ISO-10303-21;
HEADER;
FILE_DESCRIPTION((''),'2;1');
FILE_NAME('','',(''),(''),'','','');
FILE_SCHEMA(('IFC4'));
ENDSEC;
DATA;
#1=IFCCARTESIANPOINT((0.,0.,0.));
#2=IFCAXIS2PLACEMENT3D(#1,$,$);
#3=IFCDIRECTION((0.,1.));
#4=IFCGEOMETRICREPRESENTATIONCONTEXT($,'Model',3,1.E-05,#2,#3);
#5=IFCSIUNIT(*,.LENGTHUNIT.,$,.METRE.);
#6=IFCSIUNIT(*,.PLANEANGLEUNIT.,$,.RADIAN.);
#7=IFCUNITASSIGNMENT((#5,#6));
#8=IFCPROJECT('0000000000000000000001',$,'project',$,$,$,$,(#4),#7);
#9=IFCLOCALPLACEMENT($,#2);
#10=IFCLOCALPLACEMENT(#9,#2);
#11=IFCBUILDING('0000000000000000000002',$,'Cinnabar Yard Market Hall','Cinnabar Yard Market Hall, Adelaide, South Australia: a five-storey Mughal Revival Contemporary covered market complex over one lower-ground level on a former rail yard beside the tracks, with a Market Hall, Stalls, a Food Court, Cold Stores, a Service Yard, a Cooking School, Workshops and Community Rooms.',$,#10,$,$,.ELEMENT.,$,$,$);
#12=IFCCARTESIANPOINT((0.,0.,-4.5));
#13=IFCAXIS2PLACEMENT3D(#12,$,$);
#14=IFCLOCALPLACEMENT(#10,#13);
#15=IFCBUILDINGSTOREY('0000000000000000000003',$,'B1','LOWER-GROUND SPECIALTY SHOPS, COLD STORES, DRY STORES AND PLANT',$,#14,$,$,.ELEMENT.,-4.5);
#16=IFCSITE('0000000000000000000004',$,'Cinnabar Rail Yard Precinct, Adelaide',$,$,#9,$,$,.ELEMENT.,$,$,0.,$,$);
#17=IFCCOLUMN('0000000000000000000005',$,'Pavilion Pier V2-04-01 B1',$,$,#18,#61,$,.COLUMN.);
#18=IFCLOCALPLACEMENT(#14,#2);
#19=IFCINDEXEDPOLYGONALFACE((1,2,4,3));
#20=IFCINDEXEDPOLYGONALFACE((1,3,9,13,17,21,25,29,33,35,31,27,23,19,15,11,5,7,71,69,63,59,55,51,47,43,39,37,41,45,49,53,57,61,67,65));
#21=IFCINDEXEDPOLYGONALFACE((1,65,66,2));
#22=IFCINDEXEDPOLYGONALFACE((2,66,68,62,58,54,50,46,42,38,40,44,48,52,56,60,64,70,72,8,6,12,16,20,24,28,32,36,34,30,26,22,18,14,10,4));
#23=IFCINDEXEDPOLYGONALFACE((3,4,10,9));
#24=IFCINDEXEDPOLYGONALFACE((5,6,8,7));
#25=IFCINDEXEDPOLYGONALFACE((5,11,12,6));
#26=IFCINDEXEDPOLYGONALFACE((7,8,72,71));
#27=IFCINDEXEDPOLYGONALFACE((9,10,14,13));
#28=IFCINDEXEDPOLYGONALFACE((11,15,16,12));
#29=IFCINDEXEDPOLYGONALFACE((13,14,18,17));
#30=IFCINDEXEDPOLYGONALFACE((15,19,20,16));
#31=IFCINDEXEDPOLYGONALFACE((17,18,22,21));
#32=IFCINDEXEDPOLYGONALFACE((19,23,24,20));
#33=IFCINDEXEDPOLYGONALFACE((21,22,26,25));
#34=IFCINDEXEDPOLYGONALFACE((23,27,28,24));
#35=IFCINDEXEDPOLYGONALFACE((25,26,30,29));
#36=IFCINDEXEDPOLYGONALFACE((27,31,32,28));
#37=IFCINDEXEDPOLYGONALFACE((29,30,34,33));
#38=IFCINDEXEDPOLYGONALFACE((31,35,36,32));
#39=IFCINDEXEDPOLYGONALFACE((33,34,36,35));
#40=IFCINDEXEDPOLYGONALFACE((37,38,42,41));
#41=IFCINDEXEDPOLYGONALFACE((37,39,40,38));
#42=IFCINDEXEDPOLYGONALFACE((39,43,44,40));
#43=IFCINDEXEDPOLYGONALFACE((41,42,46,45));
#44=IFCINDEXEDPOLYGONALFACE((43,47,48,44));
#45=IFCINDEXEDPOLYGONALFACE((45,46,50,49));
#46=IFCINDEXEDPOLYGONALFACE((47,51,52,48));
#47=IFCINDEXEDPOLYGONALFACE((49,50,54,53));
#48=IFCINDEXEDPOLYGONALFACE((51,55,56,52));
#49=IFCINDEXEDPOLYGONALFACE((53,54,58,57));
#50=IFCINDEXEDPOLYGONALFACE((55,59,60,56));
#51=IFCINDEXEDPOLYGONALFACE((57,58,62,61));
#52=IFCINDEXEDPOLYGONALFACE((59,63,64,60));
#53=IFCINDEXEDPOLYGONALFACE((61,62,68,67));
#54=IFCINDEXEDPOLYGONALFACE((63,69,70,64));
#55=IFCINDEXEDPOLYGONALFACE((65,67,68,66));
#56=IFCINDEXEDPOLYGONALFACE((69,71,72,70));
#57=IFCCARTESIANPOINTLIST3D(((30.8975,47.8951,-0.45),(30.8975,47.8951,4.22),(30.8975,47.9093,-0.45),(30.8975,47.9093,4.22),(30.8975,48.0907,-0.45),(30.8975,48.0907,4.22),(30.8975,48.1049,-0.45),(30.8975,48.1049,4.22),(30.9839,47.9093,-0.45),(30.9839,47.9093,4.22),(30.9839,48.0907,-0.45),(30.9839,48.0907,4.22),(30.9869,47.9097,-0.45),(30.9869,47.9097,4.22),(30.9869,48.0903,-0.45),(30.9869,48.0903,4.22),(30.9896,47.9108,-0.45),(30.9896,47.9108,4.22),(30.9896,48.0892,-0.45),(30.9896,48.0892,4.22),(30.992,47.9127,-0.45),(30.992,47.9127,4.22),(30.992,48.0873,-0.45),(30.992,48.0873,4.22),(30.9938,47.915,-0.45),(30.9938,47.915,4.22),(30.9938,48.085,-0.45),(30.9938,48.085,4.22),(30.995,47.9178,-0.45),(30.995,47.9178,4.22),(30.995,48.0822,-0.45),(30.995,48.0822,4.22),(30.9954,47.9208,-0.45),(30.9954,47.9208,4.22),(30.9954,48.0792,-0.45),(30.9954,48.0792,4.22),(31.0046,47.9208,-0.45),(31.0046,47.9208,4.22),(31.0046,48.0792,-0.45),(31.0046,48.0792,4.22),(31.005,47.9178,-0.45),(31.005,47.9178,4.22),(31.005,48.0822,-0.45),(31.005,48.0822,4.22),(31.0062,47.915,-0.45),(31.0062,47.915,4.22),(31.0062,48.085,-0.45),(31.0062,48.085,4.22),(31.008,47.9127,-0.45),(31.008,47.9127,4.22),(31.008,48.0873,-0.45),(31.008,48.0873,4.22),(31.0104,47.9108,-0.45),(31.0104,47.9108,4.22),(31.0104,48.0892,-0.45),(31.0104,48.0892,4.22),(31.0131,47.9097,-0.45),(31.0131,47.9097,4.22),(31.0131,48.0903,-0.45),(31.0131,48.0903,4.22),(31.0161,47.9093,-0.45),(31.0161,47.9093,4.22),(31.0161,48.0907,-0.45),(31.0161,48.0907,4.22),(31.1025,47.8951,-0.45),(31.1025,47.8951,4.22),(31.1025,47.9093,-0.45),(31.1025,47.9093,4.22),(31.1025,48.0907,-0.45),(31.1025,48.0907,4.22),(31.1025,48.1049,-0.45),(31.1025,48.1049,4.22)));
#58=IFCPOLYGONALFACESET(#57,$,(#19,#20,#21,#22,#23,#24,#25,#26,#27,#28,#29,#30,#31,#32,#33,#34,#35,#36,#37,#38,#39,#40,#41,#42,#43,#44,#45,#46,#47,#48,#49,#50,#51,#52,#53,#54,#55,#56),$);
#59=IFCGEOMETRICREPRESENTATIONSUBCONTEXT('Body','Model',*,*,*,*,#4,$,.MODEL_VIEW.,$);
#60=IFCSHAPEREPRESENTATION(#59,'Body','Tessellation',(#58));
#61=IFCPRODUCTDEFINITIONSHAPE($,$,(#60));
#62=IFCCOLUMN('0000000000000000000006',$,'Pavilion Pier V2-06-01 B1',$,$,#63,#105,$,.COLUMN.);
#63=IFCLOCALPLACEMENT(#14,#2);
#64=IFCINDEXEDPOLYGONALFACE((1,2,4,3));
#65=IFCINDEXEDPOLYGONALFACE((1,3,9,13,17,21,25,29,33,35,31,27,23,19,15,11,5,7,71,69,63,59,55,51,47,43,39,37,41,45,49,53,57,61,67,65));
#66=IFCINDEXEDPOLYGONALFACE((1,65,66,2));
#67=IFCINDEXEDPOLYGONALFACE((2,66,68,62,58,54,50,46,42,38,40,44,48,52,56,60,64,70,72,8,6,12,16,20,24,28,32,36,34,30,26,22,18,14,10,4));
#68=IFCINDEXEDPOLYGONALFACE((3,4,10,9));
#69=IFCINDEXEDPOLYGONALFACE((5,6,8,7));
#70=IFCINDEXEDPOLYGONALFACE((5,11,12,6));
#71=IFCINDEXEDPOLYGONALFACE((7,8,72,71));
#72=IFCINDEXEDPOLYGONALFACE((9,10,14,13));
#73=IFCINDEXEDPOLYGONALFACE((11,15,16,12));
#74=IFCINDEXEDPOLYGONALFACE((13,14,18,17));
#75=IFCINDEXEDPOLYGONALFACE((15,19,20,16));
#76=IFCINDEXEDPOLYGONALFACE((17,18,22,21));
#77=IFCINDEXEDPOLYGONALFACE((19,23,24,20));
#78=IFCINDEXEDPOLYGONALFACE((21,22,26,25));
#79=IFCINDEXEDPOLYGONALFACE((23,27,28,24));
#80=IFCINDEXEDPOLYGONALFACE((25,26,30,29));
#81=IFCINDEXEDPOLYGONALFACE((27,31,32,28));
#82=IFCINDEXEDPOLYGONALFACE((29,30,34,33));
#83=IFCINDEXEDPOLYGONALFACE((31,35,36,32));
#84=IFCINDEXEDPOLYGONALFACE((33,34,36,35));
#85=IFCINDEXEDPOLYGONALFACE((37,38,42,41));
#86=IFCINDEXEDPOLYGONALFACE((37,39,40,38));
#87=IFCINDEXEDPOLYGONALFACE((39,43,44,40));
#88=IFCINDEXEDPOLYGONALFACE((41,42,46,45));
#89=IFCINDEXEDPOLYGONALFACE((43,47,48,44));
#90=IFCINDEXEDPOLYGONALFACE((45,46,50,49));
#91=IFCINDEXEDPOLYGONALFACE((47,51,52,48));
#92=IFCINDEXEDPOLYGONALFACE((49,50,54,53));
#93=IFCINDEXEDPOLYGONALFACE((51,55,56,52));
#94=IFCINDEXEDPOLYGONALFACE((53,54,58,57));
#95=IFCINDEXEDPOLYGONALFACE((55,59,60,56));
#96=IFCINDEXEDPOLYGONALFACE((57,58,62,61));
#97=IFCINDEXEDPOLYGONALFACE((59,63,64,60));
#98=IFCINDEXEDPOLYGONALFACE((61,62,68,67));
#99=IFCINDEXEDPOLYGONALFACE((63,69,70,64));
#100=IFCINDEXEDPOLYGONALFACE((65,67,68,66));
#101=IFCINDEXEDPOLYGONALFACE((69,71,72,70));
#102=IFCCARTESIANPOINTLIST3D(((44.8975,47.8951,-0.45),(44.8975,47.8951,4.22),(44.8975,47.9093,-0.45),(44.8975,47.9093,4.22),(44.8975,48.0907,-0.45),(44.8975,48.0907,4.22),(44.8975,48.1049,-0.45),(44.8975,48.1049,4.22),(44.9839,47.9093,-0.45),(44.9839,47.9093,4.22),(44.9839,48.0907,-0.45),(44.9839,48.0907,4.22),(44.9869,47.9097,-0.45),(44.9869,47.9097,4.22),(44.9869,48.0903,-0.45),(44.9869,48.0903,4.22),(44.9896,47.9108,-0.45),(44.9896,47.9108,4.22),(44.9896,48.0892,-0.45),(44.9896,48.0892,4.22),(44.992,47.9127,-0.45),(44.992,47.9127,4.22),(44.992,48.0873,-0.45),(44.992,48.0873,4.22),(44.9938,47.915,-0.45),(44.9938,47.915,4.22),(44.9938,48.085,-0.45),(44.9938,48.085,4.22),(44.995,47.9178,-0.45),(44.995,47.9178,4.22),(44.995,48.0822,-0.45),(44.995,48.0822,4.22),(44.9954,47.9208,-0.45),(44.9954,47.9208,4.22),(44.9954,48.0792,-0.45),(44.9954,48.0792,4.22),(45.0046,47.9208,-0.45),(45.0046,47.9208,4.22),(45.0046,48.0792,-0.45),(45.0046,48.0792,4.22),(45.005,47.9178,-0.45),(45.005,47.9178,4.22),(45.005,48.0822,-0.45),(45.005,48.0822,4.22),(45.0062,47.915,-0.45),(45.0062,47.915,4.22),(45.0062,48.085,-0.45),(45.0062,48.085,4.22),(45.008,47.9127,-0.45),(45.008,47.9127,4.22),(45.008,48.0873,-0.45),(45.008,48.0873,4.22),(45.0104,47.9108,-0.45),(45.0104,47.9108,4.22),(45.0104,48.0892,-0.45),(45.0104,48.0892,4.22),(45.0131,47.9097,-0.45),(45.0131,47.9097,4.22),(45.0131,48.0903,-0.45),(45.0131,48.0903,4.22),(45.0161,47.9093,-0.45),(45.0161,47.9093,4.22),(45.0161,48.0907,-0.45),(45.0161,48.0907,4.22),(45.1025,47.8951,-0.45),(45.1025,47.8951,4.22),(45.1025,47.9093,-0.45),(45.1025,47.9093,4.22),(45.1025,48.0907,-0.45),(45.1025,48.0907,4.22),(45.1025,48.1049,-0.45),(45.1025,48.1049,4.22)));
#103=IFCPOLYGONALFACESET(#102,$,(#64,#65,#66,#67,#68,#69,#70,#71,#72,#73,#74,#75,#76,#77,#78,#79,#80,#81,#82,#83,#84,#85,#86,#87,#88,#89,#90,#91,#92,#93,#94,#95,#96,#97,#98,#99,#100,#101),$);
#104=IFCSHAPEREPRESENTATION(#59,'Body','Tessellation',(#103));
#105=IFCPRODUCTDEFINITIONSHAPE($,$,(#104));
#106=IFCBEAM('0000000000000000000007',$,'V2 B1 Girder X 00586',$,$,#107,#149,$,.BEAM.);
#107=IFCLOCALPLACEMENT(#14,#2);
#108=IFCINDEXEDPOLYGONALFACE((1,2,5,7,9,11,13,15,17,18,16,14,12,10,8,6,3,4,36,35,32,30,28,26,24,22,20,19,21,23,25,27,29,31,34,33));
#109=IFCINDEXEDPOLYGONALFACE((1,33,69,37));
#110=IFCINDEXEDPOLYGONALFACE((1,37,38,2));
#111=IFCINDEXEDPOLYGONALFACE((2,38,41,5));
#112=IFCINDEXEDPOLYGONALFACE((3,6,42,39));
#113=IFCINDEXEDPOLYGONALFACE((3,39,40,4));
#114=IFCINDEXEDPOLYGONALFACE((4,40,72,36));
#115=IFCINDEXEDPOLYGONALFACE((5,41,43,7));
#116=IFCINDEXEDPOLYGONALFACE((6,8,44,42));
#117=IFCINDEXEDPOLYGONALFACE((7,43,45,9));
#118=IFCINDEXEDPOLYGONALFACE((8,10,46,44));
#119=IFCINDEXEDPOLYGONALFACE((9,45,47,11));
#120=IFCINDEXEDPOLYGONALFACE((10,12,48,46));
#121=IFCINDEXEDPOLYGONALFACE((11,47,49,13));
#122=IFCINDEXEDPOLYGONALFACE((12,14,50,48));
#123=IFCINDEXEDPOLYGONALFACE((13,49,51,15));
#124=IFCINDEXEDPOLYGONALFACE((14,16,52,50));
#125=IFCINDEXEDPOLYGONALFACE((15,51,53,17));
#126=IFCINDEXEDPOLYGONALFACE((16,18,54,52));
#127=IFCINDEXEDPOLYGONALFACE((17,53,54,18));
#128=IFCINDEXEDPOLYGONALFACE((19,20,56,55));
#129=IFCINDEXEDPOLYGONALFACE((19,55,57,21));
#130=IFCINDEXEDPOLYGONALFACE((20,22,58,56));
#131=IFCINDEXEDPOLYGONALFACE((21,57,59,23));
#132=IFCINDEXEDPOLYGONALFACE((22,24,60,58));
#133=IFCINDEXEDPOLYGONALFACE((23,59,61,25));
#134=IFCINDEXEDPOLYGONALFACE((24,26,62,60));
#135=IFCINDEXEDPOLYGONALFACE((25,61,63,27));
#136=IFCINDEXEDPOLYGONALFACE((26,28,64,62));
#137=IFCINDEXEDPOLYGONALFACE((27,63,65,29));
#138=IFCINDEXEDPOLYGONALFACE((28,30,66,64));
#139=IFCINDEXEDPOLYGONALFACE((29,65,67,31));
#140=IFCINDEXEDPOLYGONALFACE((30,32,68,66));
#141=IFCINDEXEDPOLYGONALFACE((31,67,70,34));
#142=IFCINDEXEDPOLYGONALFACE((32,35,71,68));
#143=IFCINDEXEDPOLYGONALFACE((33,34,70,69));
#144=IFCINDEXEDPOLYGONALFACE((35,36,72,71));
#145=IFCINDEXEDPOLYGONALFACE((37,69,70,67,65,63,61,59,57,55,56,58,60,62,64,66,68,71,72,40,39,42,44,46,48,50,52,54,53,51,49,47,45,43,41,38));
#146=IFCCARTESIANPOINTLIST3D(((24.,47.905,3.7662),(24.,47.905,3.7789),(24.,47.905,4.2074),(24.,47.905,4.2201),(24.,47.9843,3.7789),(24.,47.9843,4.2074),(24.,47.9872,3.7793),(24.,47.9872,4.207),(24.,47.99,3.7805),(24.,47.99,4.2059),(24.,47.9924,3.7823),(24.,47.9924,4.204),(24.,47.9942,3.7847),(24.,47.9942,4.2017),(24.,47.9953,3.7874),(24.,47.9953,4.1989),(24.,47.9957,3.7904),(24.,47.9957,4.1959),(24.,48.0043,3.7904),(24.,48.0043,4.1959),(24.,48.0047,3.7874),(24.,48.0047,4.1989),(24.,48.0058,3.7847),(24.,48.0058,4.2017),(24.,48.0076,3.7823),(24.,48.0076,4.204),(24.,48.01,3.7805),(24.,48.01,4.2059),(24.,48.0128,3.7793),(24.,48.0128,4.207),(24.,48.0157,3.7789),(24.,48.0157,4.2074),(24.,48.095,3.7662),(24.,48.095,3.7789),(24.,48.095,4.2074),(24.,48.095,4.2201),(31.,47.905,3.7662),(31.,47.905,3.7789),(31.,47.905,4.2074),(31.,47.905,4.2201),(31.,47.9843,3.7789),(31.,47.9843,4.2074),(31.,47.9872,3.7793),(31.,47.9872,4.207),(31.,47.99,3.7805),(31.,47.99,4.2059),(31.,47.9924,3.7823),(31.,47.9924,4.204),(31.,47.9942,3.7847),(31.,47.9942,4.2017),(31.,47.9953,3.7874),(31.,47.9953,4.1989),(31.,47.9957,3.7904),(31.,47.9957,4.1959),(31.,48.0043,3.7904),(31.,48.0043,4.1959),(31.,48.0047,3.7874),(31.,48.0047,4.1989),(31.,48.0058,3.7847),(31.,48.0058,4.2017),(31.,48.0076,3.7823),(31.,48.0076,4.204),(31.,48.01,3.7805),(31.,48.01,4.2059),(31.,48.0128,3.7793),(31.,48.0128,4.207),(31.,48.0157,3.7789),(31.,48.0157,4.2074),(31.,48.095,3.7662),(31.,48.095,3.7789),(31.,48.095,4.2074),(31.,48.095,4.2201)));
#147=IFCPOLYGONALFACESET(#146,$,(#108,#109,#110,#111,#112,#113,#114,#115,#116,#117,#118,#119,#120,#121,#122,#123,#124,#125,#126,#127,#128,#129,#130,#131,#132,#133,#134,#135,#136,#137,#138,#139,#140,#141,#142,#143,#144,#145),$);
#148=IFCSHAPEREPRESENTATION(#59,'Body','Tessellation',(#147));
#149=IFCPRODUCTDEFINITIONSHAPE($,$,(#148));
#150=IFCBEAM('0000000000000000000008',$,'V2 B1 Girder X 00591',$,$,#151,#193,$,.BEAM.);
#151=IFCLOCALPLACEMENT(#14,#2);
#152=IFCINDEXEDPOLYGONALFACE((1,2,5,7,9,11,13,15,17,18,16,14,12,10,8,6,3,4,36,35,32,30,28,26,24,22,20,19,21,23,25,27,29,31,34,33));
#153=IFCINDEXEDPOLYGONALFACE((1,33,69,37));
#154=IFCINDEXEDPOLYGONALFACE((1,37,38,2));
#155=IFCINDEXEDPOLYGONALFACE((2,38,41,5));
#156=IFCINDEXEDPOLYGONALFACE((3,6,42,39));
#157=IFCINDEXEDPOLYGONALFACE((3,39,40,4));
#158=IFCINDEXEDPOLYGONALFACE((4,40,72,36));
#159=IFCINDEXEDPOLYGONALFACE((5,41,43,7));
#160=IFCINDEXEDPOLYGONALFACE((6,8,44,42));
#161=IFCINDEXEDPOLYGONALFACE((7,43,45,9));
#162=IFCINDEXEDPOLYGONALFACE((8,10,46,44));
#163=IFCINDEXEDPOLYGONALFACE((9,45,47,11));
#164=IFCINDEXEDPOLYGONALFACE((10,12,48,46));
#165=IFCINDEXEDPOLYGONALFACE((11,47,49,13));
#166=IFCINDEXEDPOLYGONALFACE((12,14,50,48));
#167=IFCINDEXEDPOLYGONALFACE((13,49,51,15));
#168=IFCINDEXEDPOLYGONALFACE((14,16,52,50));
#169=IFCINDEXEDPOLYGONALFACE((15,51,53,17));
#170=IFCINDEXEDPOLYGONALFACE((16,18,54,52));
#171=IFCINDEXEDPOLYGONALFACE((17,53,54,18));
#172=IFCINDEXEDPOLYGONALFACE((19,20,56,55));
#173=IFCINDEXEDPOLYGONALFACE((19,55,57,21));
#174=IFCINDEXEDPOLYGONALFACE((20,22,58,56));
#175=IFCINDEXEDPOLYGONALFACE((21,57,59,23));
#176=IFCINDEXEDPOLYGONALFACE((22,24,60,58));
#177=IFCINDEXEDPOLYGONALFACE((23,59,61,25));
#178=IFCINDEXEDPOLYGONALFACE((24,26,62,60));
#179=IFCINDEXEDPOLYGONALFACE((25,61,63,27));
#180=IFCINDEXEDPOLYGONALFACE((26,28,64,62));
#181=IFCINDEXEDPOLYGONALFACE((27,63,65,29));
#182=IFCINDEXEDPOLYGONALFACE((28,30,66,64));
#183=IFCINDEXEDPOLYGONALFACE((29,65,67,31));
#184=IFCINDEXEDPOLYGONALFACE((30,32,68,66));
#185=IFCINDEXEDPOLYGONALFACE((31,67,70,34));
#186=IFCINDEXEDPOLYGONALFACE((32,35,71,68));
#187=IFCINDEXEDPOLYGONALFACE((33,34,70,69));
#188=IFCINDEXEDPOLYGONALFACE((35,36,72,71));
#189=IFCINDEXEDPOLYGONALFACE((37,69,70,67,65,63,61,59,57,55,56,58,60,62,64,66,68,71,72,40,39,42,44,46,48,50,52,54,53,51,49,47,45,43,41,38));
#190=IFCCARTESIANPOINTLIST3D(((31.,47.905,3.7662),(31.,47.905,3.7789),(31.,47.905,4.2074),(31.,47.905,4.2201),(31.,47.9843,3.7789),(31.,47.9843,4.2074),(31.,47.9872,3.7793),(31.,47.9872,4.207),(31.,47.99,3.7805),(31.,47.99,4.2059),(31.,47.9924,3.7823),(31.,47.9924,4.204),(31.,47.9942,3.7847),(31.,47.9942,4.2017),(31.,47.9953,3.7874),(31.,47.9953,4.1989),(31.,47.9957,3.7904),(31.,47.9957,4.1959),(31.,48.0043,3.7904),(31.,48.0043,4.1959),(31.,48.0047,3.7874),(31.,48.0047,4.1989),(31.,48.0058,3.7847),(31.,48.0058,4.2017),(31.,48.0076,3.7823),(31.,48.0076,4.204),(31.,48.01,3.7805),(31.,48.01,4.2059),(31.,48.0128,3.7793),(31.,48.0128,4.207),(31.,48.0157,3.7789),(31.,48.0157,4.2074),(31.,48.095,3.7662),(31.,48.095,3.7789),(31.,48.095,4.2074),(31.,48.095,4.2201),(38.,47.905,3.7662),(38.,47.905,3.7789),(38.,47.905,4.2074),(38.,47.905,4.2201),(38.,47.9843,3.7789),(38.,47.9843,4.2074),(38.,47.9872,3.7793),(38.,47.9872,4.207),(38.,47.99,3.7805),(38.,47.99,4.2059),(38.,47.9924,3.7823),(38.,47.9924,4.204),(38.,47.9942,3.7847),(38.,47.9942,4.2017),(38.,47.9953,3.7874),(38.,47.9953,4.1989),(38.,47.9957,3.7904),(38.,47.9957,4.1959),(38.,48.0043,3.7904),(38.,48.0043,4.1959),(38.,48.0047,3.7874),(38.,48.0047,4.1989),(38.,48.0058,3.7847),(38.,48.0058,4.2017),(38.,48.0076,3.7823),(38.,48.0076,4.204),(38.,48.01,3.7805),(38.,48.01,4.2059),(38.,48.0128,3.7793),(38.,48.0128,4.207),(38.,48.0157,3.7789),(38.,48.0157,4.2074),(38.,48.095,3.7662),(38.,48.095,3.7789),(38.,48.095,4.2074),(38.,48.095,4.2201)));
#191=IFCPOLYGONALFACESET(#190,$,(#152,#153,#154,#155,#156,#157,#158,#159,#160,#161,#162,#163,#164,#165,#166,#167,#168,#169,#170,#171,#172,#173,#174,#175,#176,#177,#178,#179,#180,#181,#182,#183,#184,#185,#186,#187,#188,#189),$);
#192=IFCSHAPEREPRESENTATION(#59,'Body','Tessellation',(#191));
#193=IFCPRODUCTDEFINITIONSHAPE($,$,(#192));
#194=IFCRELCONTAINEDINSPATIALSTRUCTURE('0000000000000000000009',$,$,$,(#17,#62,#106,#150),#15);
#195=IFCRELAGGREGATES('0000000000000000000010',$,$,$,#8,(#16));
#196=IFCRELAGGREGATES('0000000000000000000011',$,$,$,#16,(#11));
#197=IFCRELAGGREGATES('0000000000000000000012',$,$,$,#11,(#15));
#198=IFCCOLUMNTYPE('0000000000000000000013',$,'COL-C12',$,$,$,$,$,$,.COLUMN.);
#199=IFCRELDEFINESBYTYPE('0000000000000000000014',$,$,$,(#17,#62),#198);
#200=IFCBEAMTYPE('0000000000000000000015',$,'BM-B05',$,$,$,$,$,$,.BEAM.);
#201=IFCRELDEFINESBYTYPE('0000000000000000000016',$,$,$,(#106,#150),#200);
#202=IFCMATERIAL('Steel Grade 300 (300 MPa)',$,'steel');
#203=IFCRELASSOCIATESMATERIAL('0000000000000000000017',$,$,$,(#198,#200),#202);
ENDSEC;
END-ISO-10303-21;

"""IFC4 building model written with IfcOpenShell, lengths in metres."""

from ifc_helpers import new_model, si_unit, direction, frame, origin, origin_2d_with_axis, place, context, subcontext, project, spatial, i_section, extrude, material, material_profile, profile_set, type_object, element, save


model = new_model("IFC4")

# Units and contexts
model_context = context("Model", 3, precision=1e-05, world=origin(), true_north=direction((0.0, 1.0)))
body_context = subcontext(model_context, "Body", "Model", "MODEL_VIEW")
ifc_project = project(units=[si_unit("LENGTHUNIT", "METRE"), si_unit("PLANEANGLEUNIT", "RADIAN")], contexts=[model_context])

# Site, building, storey
site_placement = place(None, origin())
site = spatial("IfcSite", under=ifc_project, at=site_placement, Name="Cinnabar Rail Yard Precinct, Adelaide", CompositionType="ELEMENT", RefElevation=0.0)
building_placement = place(site_placement, origin())
building = spatial("IfcBuilding", under=site, at=building_placement, Name="Cinnabar Yard Market Hall", Description="Cinnabar Yard Market Hall, Adelaide, South Australia: a five-storey Mughal Revival Contemporary covered market complex over one lower-ground level on a former rail yard beside the tracks, with a Market Hall, Stalls, a Food Court, Cold Stores, a Service Yard, a Cooking School, Workshops and Community Rooms.", CompositionType="ELEMENT")
storey_placement = place(building_placement, frame((0.0, 0.0, -4.5)))
storey = spatial("IfcBuildingStorey", under=building, at=storey_placement, Name="B1", Description="LOWER-GROUND SPECIALTY SHOPS, COLD STORES, DRY STORES AND PLANT", CompositionType="ELEMENT", Elevation=-4.5)

# Columns
ifc_material_1 = material(Name="Steel Grade 300 (300 MPa)", Category="steel")
ifc_material_profile_1 = material_profile(ifc_material_1, i_section(OverallWidth=0.2051, OverallDepth=0.2097, WebThickness=0.0093, FlangeThickness=0.0142, FilletRadius=0.0115, at=origin_2d_with_axis()), Name="200UC59.5")
ifc_profile_set_1 = profile_set([ifc_material_profile_1], Name="Steel Grade 300 (300 MPa)")
column_type_1 = type_object("IfcColumnType", Name="COL-C12", PredefinedType="COLUMN", material=ifc_profile_set_1)
for number, where, z_axis, x_axis, name in (
    (1, (31.0, 48.0, -0.45), (0.0, 0.0, 1.0), (1.0, 0.0, 0.0), "Pavilion Pier V2-04-01 B1"),
    (2, (45.0, 48.0, -0.45), (0.0, 0.0, 1.0), (1.0, 0.0, 0.0), "Pavilion Pier V2-06-01 B1"),
):
    element("IfcColumn", number, at=place(storey_placement, frame(where, z_axis=z_axis, x_axis=x_axis)), inside=storey, type_object=column_type_1, Name=name, PredefinedType="COLUMN", context=body_context, shape_type="SweptSolid", body=[
        extrude(i_section(OverallWidth=0.2051, OverallDepth=0.2097, WebThickness=0.0093, FlangeThickness=0.0142, FilletRadius=0.0115, at=origin_2d_with_axis()), origin(), (0.0, 0.0, 1.0), 4.6699),
    ])

# Beams
ifc_material_profile_2 = material_profile(ifc_material_1, i_section(OverallWidth=0.1899, OverallDepth=0.4539, WebThickness=0.0085, FlangeThickness=0.0127, FilletRadius=0.0115, at=origin_2d_with_axis()), Name="460UB67.1")
ifc_profile_set_2 = profile_set([ifc_material_profile_2], Name="Steel Grade 300 (300 MPa)")
beam_type_1 = type_object("IfcBeamType", Name="BM-B05", PredefinedType="BEAM", material=ifc_profile_set_2)
for number, where, z_axis, x_axis, name in (
    (3, (24.0, 48.0, 3.9932), (1.0, 0.0, 0.0), (0.0, 1.0, 0.0), "V2 B1 Girder X 00586"),
    (4, (31.0, 48.0, 3.9932), (1.0, 0.0, 0.0), (0.0, 1.0, 0.0), "V2 B1 Girder X 00591"),
):
    element("IfcBeam", number, at=place(storey_placement, frame(where, z_axis=z_axis, x_axis=x_axis)), inside=storey, type_object=beam_type_1, Name=name, PredefinedType="BEAM", context=body_context, shape_type="SweptSolid", body=[
        extrude(i_section(OverallWidth=0.1899, OverallDepth=0.4539, WebThickness=0.0085, FlangeThickness=0.0127, FilletRadius=0.0115, at=origin_2d_with_axis()), origin(), (0.0, 0.0, 1.0), 7.0),
    ])

save(model, "model.ifc")
